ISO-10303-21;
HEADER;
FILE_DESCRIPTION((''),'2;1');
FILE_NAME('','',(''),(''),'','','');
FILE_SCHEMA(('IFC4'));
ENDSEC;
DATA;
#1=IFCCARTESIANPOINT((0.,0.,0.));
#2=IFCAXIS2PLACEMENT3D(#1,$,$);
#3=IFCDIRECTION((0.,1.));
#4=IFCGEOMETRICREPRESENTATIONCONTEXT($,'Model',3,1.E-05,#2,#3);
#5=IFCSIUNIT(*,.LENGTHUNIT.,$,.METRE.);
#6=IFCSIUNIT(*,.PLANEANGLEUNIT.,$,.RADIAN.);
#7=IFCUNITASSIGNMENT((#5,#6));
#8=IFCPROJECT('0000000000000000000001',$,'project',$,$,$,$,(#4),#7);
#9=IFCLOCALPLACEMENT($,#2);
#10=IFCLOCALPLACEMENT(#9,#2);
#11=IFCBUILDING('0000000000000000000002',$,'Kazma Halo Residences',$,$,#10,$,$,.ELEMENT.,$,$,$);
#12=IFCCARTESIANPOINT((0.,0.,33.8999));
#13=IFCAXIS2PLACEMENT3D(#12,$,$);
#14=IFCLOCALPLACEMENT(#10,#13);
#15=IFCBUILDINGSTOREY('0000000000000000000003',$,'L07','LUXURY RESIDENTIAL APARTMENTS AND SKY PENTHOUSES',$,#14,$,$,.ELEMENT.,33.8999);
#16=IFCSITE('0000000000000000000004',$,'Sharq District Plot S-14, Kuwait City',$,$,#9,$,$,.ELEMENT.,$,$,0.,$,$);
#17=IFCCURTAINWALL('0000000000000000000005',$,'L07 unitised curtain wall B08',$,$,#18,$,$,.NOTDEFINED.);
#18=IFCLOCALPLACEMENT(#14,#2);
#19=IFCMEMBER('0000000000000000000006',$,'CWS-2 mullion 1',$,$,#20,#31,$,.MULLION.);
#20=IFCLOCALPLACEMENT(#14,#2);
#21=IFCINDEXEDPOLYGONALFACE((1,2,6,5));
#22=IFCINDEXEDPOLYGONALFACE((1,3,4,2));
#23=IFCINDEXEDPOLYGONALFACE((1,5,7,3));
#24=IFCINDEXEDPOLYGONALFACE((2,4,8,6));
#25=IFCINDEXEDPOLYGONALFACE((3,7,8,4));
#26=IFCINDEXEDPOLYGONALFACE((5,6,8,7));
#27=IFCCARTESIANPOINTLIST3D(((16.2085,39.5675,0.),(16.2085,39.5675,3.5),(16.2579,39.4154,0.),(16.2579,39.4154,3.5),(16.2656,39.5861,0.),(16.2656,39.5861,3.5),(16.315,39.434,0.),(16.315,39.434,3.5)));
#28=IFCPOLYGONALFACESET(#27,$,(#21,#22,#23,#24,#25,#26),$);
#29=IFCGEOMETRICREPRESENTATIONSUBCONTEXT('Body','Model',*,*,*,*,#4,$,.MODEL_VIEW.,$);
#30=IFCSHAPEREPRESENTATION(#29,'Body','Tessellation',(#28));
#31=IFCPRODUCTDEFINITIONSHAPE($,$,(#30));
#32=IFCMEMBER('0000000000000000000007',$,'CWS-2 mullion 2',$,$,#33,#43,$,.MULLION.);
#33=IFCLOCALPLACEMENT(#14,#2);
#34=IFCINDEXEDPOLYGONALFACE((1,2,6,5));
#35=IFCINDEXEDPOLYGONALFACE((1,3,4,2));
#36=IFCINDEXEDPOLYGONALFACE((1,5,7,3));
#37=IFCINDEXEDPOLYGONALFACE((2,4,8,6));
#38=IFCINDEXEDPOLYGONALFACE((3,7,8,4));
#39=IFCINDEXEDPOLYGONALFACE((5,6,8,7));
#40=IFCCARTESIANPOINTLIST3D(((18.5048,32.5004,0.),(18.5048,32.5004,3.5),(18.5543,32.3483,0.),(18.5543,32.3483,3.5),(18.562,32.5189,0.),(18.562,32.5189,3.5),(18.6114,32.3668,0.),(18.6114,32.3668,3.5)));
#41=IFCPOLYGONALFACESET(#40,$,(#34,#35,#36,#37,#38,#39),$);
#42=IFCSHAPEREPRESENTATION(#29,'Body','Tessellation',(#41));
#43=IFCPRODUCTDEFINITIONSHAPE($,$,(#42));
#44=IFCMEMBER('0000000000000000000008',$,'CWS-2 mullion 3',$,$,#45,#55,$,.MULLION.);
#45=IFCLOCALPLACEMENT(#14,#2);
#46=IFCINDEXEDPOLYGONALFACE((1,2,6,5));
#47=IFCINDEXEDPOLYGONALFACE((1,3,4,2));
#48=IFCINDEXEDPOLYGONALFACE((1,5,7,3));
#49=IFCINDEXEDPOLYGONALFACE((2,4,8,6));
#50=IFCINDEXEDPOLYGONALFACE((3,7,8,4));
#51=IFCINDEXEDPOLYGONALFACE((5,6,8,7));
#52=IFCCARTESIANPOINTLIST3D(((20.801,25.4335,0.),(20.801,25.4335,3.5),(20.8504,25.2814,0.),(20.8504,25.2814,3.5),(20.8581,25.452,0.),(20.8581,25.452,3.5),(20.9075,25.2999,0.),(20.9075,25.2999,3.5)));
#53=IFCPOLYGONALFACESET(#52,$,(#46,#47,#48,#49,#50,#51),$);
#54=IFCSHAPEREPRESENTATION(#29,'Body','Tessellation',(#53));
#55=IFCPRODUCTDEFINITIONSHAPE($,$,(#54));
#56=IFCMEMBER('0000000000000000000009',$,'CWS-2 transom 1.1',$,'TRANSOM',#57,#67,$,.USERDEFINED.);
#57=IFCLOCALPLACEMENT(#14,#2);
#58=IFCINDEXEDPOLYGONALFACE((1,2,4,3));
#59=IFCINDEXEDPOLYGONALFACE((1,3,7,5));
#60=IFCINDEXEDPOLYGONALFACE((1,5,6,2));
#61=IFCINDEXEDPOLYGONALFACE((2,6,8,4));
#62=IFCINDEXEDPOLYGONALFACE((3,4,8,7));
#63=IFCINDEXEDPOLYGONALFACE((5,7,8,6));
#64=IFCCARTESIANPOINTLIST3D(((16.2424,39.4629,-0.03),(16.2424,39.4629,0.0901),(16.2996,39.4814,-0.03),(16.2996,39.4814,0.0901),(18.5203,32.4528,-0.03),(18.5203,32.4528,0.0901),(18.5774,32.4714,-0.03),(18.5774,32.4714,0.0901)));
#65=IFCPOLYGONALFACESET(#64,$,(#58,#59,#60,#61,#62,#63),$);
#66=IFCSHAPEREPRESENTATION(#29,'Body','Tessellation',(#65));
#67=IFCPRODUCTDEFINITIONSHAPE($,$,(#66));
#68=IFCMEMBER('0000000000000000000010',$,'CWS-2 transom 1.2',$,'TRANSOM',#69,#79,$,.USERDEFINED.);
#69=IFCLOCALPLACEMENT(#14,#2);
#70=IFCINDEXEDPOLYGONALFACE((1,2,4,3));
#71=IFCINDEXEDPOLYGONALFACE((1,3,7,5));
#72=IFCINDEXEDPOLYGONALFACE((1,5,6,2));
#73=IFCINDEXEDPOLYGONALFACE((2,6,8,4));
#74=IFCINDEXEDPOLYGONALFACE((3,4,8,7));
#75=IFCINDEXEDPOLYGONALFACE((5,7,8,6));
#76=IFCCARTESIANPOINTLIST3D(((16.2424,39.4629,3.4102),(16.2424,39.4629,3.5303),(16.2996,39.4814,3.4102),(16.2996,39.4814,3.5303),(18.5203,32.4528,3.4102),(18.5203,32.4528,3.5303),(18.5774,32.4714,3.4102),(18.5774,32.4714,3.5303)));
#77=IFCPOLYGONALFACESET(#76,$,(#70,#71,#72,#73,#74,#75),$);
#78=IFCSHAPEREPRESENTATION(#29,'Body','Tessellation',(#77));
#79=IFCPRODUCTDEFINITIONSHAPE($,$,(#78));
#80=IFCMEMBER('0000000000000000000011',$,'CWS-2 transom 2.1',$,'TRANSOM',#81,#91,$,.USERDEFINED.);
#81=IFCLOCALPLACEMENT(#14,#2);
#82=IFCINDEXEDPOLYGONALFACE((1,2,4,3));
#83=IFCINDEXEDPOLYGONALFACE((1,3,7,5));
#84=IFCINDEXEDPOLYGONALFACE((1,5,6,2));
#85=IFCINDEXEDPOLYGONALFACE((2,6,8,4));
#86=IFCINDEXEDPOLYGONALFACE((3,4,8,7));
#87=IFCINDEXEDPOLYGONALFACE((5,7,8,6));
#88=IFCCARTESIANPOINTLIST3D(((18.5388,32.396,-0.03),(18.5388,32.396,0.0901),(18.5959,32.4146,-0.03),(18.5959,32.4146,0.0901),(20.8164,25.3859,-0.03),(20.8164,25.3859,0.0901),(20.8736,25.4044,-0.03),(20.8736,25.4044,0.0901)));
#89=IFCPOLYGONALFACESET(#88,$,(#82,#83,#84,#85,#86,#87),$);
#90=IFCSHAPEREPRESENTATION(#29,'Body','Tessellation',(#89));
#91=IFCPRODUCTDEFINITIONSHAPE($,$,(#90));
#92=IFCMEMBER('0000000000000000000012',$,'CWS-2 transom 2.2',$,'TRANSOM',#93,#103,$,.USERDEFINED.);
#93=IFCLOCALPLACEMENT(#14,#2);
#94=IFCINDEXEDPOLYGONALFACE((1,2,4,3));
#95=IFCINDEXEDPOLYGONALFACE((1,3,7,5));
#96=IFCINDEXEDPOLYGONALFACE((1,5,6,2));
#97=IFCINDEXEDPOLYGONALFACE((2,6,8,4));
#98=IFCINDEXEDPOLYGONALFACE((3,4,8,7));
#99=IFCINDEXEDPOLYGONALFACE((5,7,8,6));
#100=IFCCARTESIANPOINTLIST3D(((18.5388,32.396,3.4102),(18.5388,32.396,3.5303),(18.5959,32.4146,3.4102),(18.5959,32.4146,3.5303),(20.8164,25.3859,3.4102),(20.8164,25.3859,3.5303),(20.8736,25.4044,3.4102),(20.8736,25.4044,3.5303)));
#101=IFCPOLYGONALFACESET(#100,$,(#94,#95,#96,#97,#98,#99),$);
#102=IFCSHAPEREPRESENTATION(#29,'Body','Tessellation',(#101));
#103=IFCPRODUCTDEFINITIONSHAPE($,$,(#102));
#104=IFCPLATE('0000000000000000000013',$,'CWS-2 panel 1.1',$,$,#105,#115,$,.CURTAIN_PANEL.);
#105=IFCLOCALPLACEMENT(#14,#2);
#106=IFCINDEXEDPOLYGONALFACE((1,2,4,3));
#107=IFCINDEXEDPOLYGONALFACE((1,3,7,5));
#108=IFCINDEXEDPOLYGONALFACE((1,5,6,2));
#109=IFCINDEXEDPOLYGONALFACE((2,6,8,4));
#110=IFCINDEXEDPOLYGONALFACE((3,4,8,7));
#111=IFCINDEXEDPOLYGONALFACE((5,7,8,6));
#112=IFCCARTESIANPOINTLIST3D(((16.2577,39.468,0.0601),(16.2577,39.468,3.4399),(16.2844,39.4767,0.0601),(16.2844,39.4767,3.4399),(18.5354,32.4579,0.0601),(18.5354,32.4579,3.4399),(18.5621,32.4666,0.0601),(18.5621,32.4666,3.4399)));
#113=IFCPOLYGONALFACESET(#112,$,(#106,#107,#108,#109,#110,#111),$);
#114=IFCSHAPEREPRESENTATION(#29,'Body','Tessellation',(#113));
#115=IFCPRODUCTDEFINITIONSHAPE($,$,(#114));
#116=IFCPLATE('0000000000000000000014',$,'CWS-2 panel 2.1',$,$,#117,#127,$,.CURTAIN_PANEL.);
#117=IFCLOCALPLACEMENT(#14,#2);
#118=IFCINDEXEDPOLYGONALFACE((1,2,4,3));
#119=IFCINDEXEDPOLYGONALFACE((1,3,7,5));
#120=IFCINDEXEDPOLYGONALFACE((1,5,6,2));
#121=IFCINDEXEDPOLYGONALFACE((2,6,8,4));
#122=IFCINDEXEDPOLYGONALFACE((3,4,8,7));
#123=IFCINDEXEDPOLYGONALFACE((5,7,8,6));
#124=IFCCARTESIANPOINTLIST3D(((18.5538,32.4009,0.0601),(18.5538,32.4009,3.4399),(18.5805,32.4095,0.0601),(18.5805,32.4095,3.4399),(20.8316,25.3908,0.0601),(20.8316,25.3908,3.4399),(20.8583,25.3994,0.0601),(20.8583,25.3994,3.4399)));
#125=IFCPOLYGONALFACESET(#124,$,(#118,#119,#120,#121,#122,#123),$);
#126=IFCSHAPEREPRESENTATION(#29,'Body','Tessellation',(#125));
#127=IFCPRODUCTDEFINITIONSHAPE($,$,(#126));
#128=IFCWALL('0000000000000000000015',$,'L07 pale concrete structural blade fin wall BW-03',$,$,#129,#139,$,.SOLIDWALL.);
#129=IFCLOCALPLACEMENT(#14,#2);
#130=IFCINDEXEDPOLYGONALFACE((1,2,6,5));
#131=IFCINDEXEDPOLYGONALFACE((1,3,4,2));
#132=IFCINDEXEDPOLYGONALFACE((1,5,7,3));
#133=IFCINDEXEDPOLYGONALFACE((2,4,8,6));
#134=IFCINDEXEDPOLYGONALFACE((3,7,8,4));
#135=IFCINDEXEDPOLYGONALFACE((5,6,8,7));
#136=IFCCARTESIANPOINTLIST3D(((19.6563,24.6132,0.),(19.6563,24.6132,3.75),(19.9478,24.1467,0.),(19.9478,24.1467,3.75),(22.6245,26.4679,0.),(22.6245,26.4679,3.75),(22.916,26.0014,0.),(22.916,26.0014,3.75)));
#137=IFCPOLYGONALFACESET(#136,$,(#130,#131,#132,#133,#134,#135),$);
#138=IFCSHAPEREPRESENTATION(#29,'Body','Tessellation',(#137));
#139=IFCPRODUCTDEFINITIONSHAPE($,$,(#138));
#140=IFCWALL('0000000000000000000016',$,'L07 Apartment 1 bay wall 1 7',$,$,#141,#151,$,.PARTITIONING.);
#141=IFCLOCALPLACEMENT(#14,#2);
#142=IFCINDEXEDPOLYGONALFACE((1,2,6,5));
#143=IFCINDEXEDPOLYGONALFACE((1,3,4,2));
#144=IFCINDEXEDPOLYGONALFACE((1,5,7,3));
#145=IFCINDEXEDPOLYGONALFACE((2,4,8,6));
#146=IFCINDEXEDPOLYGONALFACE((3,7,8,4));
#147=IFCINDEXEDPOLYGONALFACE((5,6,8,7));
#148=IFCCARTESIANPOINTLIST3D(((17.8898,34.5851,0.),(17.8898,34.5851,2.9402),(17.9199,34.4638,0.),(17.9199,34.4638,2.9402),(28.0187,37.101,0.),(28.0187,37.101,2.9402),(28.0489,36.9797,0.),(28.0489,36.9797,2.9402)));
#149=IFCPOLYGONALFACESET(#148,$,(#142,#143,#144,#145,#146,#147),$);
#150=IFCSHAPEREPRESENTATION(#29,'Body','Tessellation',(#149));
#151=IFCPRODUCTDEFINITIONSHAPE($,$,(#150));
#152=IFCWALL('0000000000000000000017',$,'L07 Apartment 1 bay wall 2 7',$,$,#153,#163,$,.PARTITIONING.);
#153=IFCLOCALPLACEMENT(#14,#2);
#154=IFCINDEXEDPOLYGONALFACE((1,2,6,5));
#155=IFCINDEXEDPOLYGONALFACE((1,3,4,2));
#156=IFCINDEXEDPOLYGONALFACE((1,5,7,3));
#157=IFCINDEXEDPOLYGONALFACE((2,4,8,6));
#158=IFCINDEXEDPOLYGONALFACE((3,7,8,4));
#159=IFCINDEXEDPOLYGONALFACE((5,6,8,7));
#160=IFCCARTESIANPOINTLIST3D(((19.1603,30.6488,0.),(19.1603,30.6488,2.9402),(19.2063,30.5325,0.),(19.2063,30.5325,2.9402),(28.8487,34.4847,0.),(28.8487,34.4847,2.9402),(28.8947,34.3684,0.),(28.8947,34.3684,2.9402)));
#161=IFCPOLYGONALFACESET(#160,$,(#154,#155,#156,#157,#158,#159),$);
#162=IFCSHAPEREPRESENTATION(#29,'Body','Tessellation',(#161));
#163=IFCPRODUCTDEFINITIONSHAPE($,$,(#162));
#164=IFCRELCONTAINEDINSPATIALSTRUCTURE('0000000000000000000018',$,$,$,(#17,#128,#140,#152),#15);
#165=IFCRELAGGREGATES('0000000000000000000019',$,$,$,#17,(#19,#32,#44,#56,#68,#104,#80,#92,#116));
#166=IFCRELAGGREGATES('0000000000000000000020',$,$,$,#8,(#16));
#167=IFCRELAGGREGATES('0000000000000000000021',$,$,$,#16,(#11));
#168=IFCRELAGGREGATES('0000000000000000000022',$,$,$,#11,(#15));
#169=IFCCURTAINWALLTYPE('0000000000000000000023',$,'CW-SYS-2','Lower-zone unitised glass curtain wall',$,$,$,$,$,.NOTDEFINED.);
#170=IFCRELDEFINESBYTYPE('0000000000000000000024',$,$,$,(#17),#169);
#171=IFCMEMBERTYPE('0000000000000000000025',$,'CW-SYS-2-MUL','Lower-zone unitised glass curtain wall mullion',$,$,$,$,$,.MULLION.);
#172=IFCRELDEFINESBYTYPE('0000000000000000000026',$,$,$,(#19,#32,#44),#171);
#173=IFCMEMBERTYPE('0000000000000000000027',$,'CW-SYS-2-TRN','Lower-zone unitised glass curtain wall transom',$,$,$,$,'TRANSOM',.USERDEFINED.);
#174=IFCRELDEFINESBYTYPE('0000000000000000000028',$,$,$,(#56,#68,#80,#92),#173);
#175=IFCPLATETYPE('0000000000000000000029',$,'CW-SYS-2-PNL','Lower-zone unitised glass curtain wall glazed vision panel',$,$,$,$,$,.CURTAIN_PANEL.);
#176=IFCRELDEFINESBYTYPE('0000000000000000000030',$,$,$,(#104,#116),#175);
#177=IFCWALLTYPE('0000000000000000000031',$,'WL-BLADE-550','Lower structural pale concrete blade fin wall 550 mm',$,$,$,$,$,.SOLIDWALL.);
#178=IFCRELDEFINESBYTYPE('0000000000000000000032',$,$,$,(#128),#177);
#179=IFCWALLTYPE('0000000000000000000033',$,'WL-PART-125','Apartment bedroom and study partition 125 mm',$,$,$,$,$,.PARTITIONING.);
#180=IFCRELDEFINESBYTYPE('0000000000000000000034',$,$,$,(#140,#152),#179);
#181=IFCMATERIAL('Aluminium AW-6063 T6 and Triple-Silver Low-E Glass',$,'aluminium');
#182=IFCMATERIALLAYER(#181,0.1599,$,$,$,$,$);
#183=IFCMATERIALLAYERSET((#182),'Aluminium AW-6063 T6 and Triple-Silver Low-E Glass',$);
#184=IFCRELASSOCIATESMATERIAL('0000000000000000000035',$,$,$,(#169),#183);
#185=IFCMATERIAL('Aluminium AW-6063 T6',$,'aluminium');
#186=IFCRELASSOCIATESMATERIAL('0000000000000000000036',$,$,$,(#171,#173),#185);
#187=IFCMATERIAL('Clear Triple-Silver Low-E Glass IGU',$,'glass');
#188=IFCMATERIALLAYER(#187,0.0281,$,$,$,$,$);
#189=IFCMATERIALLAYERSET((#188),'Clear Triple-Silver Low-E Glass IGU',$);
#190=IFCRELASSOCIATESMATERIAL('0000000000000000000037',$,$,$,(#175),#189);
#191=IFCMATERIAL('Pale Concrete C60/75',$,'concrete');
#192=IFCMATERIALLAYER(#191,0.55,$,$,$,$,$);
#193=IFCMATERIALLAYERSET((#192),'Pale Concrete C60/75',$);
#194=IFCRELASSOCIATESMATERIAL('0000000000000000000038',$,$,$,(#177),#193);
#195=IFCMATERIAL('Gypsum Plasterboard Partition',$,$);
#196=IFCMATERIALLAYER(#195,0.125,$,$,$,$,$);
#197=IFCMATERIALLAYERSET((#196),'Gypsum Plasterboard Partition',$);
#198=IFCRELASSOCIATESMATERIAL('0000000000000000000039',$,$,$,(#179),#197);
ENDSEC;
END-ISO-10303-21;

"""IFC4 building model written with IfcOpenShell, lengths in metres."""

from ifc_helpers import new_model, si_unit, direction, frame, frame_2d, origin, origin_2d, place, context, subcontext, project, spatial, rectangle, extrude, material, layer, layer_set, material_profile, profile_set, type_object, element, aggregate, save


model = new_model("IFC4")

# Units and contexts
model_context = context("Model", 3, precision=1e-05, world=origin(), true_north=direction((0.0, 1.0)))
body_context = subcontext(model_context, "Body", "Model", "MODEL_VIEW")
ifc_project = project(units=[si_unit("LENGTHUNIT", "METRE"), si_unit("PLANEANGLEUNIT", "RADIAN")], contexts=[model_context])

# Site, building, storey
site_placement = place(None, origin())
site = spatial("IfcSite", under=ifc_project, at=site_placement, Name="Sharq District Plot S-14, Kuwait City", CompositionType="ELEMENT", RefElevation=0.0)
building_placement = place(site_placement, origin())
building = spatial("IfcBuilding", under=site, at=building_placement, Name="Kazma Halo Residences", CompositionType="ELEMENT")
storey_placement = place(building_placement, frame((0.0, 0.0, 33.8999)))
storey = spatial("IfcBuildingStorey", under=building, at=storey_placement, Name="L07", Description="LUXURY RESIDENTIAL APARTMENTS AND SKY PENTHOUSES", CompositionType="ELEMENT", Elevation=33.8999)

# Curtain wall, members, plates
ifc_material_1 = material(Name="Aluminium AW-6063 T6 and Triple-Silver Low-E Glass", Category="aluminium")
ifc_layer_1 = layer(ifc_material_1, 0.1599)
ifc_layer_set_1 = layer_set([ifc_layer_1], Name="Aluminium AW-6063 T6 and Triple-Silver Low-E Glass")
curtain_wall_type = type_object("IfcCurtainWallType", Name="CW-SYS-2", Description="Lower-zone unitised glass curtain wall", PredefinedType="NOTDEFINED", material=ifc_layer_set_1)
curtain_wall_placement = place(storey_placement, origin())
curtain_wall = element("IfcCurtainWall", 1, at=curtain_wall_placement, inside=storey, type_object=curtain_wall_type, Name="L07 unitised curtain wall B08", PredefinedType="NOTDEFINED")
ifc_material_2 = material(Name="Aluminium AW-6063 T6", Category="aluminium")
ifc_material_profile_1 = material_profile(ifc_material_2, rectangle(XDim=0.0601, YDim=0.1599, at=origin_2d()), Name="CWM-60x160")
ifc_profile_set_1 = profile_set([ifc_material_profile_1], Name="Aluminium AW-6063 T6")
member_type_1 = type_object("IfcMemberType", Name="CW-SYS-2-MUL", Description="Lower-zone unitised glass curtain wall mullion", PredefinedType="MULLION", material=ifc_profile_set_1)
member_1_placement = place(storey_placement, frame((16.2617, 39.5007, 0.0), z_axis=(0.0, 0.0, 1.0), x_axis=(0.951057, 0.309017, 0.0)))
member_1 = element("IfcMember", 2, at=member_1_placement, type_object=member_type_1, Name="CWS-2 mullion 1", PredefinedType="MULLION", context=body_context, shape_type="SweptSolid", body=[
    extrude(rectangle(XDim=0.0601, YDim=0.1599, at=origin_2d()), origin(), (0.0, 0.0, 1.0), 3.5),
])
member_2_placement = place(storey_placement, frame((18.5581, 32.4336, 0.0), z_axis=(0.0, 0.0, 1.0), x_axis=(0.951057, 0.309017, 0.0)))
member_2 = element("IfcMember", 3, at=member_2_placement, type_object=member_type_1, Name="CWS-2 mullion 2", PredefinedType="MULLION", context=body_context, shape_type="SweptSolid", body=[
    extrude(rectangle(XDim=0.0601, YDim=0.1599, at=origin_2d()), origin(), (0.0, 0.0, 1.0), 3.5),
])
member_3_placement = place(storey_placement, frame((20.8542, 25.3667, 0.0), z_axis=(0.0, 0.0, 1.0), x_axis=(0.951057, 0.309017, 0.0)))
member_3 = element("IfcMember", 4, at=member_3_placement, type_object=member_type_1, Name="CWS-2 mullion 3", PredefinedType="MULLION", context=body_context, shape_type="SweptSolid", body=[
    extrude(rectangle(XDim=0.0601, YDim=0.1599, at=origin_2d()), origin(), (0.0, 0.0, 1.0), 3.5),
])
ifc_material_profile_2 = material_profile(ifc_material_2, rectangle(XDim=0.0601, YDim=0.1201, at=origin_2d()), Name="CWT-60x120")
ifc_profile_set_2 = profile_set([ifc_material_profile_2], Name="Aluminium AW-6063 T6")
member_type_2 = type_object("IfcMemberType", Name="CW-SYS-2-TRN", Description="Lower-zone unitised glass curtain wall transom", ElementType="TRANSOM", PredefinedType="USERDEFINED", material=ifc_profile_set_2)
member_4_placement = place(storey_placement, frame((16.271, 39.4722, 0.03), z_axis=(0.309034, -0.951051, 0.0), x_axis=(0.951051, 0.309034, 0.0)))
member_4 = element("IfcMember", 5, at=member_4_placement, type_object=member_type_2, Name="CWS-2 transom 1.1", ObjectType="TRANSOM", PredefinedType="USERDEFINED", context=body_context, shape_type="SweptSolid", body=[
    extrude(rectangle(XDim=0.0601, YDim=0.1201, at=origin_2d()), origin(), (0.0, 0.0, 1.0), 7.3708),
])
member_5_placement = place(storey_placement, frame((16.271, 39.4722, 3.4702), z_axis=(0.309034, -0.951051, 0.0), x_axis=(0.951051, 0.309034, 0.0)))
member_5 = element("IfcMember", 6, at=member_5_placement, type_object=member_type_2, Name="CWS-2 transom 1.2", ObjectType="TRANSOM", PredefinedType="USERDEFINED", context=body_context, shape_type="SweptSolid", body=[
    extrude(rectangle(XDim=0.0601, YDim=0.1201, at=origin_2d()), origin(), (0.0, 0.0, 1.0), 7.3708),
])
member_6_placement = place(storey_placement, frame((18.5674, 32.4053, 0.03), z_axis=(0.309004, -0.951061, 0.0), x_axis=(0.951061, 0.309004, 0.0)))
member_6 = element("IfcMember", 7, at=member_6_placement, type_object=member_type_2, Name="CWS-2 transom 2.1", ObjectType="TRANSOM", PredefinedType="USERDEFINED", context=body_context, shape_type="SweptSolid", body=[
    extrude(rectangle(XDim=0.0601, YDim=0.1201, at=origin_2d()), origin(), (0.0, 0.0, 1.0), 7.3708),
])
member_7_placement = place(storey_placement, frame((18.5674, 32.4053, 3.4702), z_axis=(0.309004, -0.951061, 0.0), x_axis=(0.951061, 0.309004, 0.0)))
member_7 = element("IfcMember", 8, at=member_7_placement, type_object=member_type_2, Name="CWS-2 transom 2.2", ObjectType="TRANSOM", PredefinedType="USERDEFINED", context=body_context, shape_type="SweptSolid", body=[
    extrude(rectangle(XDim=0.0601, YDim=0.1201, at=origin_2d()), origin(), (0.0, 0.0, 1.0), 7.3708),
])
ifc_material_3 = material(Name="Clear Triple-Silver Low-E Glass IGU", Category="glass")
ifc_layer_2 = layer(ifc_material_3, 0.0281)
ifc_layer_set_2 = layer_set([ifc_layer_2], Name="Clear Triple-Silver Low-E Glass IGU")
plate_type = type_object("IfcPlateType", Name="CW-SYS-2-PNL", Description="Lower-zone unitised glass curtain wall glazed vision panel", PredefinedType="CURTAIN_PANEL", material=ifc_layer_set_2)
plate_1_placement = place(storey_placement, frame((17.4099, 35.9673, 0.0601), z_axis=(0.0, 0.0, 1.0), x_axis=(0.309017, -0.951057, 0.0)))
plate_1 = element("IfcPlate", 9, at=plate_1_placement, type_object=plate_type, Name="CWS-2 panel 1.1", PredefinedType="CURTAIN_PANEL", context=body_context, shape_type="SweptSolid", body=[
    extrude(rectangle(XDim=7.3708, YDim=0.0281, at=origin_2d()), origin(), (0.0, 0.0, 1.0), 3.3799),
])
plate_2_placement = place(storey_placement, frame((19.7061, 28.9001, 0.0601), z_axis=(0.0, 0.0, 1.0), x_axis=(0.309017, -0.951057, 0.0)))
plate_2 = element("IfcPlate", 10, at=plate_2_placement, type_object=plate_type, Name="CWS-2 panel 2.1", PredefinedType="CURTAIN_PANEL", context=body_context, shape_type="SweptSolid", body=[
    extrude(rectangle(XDim=7.3708, YDim=0.0281, at=origin_2d()), origin(), (0.0, 0.0, 1.0), 3.3799),
])
aggregate(curtain_wall, [member_1, member_2, member_3, member_4, member_5, plate_1, member_6, member_7, plate_2])

# Walls
ifc_material_4 = material(Name="Pale Concrete C60/75", Category="concrete")
ifc_layer_3 = layer(ifc_material_4, 0.55)
ifc_layer_set_3 = layer_set([ifc_layer_3], Name="Pale Concrete C60/75")
wall_type_1 = type_object("IfcWallType", Name="WL-BLADE-550", Description="Lower structural pale concrete blade fin wall 550 mm", PredefinedType="SOLIDWALL", material=ifc_layer_set_3)
wall_1_placement = place(storey_placement, frame((22.7703, 26.2346, 0.0), z_axis=(0.0, 0.0, 1.0), x_axis=(-0.848053, -0.529911, 0.0)))
element("IfcWall", 11, at=wall_1_placement, inside=storey, type_object=wall_type_1, Name="L07 pale concrete structural blade fin wall BW-03", PredefinedType="SOLIDWALL", context=body_context, shape_type="SweptSolid", body=[
    extrude(rectangle(XDim=3.5, YDim=0.55, at=frame_2d((1.75, 0.0))), origin(), (0.0, 0.0, 1.0), 3.75),
])
ifc_material_5 = material(Name="Gypsum Plasterboard Partition")
ifc_layer_4 = layer(ifc_material_5, 0.125)
ifc_layer_set_4 = layer_set([ifc_layer_4], Name="Gypsum Plasterboard Partition")
wall_type_2 = type_object("IfcWallType", Name="WL-PART-125", Description="Apartment bedroom and study partition 125 mm", PredefinedType="PARTITIONING", material=ifc_layer_set_4)
wall_2_placement = place(storey_placement, frame((28.0337, 37.0403, 0.0), z_axis=(0.0, 0.0, 1.0), x_axis=(-0.97051, -0.24106, 0.0)))
element("IfcWall", 12, at=wall_2_placement, inside=storey, type_object=wall_type_2, Name="L07 Apartment 1 bay wall 1 7", PredefinedType="PARTITIONING", context=body_context, shape_type="SweptSolid", body=[
    extrude(rectangle(XDim=10.4368, YDim=0.125, at=frame_2d((5.2183, 0.0))), origin(), (0.0, 0.0, 1.0), 2.9402),
])
wall_3_placement = place(storey_placement, frame((28.8716, 34.4265, 0.0), z_axis=(0.0, 0.0, 1.0), x_axis=(-0.929777, -0.368124, 0.0)))
element("IfcWall", 13, at=wall_3_placement, inside=storey, type_object=wall_type_2, Name="L07 Apartment 1 bay wall 2 7", PredefinedType="PARTITIONING", context=body_context, shape_type="SweptSolid", body=[
    extrude(rectangle(XDim=10.4202, YDim=0.125, at=frame_2d((5.21, 0.0))), origin(), (0.0, 0.0, 1.0), 2.9402),
])

save(model, "model.ifc")
